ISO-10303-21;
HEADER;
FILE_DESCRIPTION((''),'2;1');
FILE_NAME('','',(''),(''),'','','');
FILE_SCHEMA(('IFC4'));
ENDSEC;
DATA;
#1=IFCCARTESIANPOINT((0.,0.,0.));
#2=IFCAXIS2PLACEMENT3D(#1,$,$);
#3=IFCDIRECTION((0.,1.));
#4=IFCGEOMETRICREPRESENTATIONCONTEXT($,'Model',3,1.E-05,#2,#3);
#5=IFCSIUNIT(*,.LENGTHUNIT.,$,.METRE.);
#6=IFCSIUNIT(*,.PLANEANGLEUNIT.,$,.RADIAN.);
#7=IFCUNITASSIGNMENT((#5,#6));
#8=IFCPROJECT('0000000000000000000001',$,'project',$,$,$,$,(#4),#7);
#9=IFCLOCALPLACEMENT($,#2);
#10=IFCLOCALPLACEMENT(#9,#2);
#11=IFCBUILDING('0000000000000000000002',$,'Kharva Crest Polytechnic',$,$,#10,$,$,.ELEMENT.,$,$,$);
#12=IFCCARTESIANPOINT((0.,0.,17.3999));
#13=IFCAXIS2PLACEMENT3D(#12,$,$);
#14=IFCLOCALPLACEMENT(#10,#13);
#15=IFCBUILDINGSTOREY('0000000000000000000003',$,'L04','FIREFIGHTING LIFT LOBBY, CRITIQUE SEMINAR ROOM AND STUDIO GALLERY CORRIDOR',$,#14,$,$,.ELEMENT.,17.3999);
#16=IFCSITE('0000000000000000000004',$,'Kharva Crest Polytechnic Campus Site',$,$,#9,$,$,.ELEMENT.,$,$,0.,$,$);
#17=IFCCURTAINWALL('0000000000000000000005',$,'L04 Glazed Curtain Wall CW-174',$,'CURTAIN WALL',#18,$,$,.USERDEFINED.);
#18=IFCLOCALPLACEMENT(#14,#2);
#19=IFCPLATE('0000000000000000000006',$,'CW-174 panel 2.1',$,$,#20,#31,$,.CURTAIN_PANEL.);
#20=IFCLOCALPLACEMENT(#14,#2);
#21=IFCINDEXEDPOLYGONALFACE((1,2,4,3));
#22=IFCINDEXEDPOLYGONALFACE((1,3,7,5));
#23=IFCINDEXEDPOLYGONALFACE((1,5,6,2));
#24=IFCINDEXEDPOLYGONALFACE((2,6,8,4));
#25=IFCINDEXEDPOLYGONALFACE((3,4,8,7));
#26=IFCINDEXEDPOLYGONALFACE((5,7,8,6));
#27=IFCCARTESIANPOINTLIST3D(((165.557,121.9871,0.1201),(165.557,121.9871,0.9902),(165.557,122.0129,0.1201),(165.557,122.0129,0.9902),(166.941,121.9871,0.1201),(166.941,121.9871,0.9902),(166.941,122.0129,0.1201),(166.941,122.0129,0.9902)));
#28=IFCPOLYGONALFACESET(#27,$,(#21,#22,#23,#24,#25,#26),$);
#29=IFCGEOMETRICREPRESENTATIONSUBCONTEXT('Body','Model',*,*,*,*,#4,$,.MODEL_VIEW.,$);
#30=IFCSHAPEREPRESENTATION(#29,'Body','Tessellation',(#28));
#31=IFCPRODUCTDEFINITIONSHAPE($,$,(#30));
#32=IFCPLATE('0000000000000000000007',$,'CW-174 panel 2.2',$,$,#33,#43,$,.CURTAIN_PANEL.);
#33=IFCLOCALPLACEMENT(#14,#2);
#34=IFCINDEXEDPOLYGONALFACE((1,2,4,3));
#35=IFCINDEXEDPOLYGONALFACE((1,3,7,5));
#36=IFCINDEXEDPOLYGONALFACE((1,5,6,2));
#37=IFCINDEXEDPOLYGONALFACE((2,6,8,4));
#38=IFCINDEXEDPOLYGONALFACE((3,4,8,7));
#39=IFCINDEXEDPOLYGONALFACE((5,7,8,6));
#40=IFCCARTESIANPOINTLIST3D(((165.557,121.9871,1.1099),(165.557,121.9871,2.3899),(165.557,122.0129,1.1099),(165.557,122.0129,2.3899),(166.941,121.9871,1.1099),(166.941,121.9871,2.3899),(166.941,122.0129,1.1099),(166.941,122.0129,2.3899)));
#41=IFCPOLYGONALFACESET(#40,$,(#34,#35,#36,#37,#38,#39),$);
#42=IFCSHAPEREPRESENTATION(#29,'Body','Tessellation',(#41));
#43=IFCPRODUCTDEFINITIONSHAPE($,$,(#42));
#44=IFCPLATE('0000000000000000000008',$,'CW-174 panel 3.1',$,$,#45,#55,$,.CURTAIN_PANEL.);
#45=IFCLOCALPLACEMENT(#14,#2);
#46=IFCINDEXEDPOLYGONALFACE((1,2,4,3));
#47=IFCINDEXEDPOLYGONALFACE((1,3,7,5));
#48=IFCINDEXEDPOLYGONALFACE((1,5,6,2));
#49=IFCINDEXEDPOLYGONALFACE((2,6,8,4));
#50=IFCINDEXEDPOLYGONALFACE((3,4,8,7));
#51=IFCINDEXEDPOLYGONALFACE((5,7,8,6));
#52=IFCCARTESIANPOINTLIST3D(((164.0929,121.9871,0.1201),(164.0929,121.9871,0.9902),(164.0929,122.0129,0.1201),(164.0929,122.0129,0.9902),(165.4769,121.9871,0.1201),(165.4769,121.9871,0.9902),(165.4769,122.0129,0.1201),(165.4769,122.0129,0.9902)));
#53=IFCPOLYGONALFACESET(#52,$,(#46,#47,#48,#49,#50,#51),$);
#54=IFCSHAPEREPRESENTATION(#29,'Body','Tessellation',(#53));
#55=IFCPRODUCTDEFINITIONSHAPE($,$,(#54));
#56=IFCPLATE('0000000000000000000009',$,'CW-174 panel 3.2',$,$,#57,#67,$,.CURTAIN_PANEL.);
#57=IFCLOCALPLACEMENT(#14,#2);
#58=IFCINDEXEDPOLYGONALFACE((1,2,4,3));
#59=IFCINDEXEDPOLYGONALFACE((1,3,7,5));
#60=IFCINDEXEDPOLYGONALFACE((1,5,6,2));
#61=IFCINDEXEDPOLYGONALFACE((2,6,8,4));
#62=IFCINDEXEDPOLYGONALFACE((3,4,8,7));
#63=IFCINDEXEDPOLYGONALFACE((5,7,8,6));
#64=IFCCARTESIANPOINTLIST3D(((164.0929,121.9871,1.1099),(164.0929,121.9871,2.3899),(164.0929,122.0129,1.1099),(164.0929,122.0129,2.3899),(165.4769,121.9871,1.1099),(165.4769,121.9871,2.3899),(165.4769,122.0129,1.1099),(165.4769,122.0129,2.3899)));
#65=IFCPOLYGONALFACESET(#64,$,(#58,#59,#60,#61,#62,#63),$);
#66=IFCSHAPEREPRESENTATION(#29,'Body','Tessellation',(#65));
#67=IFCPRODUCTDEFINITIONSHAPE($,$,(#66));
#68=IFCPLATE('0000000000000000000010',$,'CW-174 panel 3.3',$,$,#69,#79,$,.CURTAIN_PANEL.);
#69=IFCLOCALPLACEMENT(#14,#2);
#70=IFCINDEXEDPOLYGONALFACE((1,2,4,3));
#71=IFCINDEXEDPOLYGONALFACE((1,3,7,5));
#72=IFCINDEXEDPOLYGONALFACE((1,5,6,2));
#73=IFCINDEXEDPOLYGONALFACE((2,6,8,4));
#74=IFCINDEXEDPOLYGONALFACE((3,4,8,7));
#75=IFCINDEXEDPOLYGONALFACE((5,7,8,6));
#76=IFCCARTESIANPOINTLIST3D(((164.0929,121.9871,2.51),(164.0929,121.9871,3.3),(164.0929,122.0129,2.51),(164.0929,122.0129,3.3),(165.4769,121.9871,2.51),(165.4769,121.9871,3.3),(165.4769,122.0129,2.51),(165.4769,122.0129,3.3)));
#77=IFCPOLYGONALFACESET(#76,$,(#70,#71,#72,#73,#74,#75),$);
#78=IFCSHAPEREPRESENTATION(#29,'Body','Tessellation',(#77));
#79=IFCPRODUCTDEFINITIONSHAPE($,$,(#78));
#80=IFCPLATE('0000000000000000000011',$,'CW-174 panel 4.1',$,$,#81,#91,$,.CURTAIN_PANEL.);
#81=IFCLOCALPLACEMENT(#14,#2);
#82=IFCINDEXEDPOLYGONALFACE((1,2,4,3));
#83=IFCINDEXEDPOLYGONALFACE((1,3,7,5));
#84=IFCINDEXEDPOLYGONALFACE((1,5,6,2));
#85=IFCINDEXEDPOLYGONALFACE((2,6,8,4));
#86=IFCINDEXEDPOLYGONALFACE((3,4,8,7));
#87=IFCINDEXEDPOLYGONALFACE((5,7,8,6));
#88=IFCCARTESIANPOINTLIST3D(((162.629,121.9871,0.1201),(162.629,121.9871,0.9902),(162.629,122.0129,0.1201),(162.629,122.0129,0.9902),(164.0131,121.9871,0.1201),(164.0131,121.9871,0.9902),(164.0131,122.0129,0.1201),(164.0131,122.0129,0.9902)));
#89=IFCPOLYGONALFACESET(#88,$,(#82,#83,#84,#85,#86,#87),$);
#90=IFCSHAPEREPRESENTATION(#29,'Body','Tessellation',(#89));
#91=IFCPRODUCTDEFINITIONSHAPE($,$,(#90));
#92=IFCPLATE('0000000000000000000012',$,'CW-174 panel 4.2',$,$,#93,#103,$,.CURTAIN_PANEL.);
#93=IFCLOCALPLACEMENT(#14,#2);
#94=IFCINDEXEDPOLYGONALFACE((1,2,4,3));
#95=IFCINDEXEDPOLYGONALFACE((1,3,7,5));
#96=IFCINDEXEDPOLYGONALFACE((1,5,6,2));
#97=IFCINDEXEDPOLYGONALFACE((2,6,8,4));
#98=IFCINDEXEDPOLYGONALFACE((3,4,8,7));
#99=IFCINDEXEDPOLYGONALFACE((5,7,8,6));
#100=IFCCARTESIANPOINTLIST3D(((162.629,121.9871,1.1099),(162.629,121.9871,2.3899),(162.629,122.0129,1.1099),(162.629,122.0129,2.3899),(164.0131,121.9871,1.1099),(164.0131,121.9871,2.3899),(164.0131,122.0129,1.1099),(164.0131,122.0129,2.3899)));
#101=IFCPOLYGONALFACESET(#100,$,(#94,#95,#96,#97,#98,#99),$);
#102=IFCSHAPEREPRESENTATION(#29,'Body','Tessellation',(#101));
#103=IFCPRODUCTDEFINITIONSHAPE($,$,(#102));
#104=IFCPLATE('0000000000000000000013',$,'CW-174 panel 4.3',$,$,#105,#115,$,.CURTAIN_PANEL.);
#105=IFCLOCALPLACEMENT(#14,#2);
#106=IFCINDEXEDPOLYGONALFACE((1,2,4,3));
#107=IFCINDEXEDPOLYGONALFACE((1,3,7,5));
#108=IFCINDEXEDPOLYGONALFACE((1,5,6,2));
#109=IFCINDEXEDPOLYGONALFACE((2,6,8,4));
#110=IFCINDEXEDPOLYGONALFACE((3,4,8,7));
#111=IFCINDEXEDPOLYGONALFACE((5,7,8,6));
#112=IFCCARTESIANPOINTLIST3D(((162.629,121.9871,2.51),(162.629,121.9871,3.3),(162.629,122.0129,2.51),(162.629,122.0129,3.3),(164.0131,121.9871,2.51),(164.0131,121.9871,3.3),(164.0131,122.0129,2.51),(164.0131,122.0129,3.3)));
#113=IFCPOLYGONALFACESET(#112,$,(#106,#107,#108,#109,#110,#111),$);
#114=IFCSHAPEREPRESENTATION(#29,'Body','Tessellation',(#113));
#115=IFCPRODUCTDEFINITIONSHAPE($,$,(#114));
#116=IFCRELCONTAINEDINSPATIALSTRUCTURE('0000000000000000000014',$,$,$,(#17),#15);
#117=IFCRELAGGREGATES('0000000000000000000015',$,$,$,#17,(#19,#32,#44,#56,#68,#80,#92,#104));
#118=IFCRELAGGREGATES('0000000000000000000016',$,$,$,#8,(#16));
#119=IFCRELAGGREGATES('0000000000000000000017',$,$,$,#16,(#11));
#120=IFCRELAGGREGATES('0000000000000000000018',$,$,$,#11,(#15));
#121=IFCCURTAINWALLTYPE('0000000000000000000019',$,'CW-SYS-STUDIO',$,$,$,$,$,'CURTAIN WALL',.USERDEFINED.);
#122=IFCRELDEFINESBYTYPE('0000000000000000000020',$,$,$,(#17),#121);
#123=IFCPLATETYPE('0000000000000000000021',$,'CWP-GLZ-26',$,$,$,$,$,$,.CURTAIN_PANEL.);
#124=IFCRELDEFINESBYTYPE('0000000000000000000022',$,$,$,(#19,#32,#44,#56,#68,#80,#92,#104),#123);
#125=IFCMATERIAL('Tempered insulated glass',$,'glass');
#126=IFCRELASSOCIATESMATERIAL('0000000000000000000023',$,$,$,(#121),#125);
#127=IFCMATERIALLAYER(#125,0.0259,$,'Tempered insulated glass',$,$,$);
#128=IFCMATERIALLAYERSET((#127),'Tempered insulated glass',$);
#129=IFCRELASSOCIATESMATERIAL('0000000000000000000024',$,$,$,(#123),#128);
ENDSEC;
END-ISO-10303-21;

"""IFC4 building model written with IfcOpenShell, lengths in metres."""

from ifc_helpers import new_model, si_unit, direction, frame, origin, origin_2d, place, context, subcontext, project, spatial, rectangle, extrude, material, layer, layer_set, type_object, element, aggregate, save


model = new_model("IFC4")

# Units and contexts
model_context = context("Model", 3, precision=1e-05, world=origin(), true_north=direction((0.0, 1.0)))
body_context = subcontext(model_context, "Body", "Model", "MODEL_VIEW")
ifc_project = project(units=[si_unit("LENGTHUNIT", "METRE"), si_unit("PLANEANGLEUNIT", "RADIAN")], contexts=[model_context])

# Site, building, storey
site_placement = place(None, origin())
site = spatial("IfcSite", under=ifc_project, at=site_placement, Name="Kharva Crest Polytechnic Campus Site", CompositionType="ELEMENT", RefElevation=0.0)
building_placement = place(site_placement, origin())
building = spatial("IfcBuilding", under=site, at=building_placement, Name="Kharva Crest Polytechnic", CompositionType="ELEMENT")
storey_placement = place(building_placement, frame((0.0, 0.0, 17.3999)))
storey = spatial("IfcBuildingStorey", under=building, at=storey_placement, Name="L04", Description="FIREFIGHTING LIFT LOBBY, CRITIQUE SEMINAR ROOM AND STUDIO GALLERY CORRIDOR", CompositionType="ELEMENT", Elevation=17.3999)

# Curtain wall, plates
ifc_material_1 = material(Name="Tempered insulated glass", Category="glass")
curtain_wall_type = type_object("IfcCurtainWallType", Name="CW-SYS-STUDIO", ElementType="CURTAIN WALL", PredefinedType="USERDEFINED", material=ifc_material_1)
curtain_wall_placement = place(storey_placement, origin())
curtain_wall = element("IfcCurtainWall", 1, at=curtain_wall_placement, inside=storey, type_object=curtain_wall_type, Name="L04 Glazed Curtain Wall CW-174", ObjectType="CURTAIN WALL", PredefinedType="USERDEFINED")
ifc_layer = layer(ifc_material_1, 0.0259, Name="Tempered insulated glass")
ifc_layer_set = layer_set([ifc_layer], Name="Tempered insulated glass")
plate_type = type_object("IfcPlateType", Name="CWP-GLZ-26", PredefinedType="CURTAIN_PANEL", material=ifc_layer_set)
plate_1_placement = place(storey_placement, frame((166.249, 122.0, 0.1201), z_axis=(0.0, 0.0, 1.0), x_axis=(-1.0, 0.0, 0.0)))
plate_1 = element("IfcPlate", 2, at=plate_1_placement, type_object=plate_type, Name="CW-174 panel 2.1", PredefinedType="CURTAIN_PANEL", context=body_context, shape_type="SweptSolid", body=[
    extrude(rectangle(XDim=1.384, YDim=0.0259, at=origin_2d()), origin(), (0.0, 0.0, 1.0), 0.8701),
])
plate_2_placement = place(storey_placement, frame((166.249, 122.0, 1.1099), z_axis=(0.0, 0.0, 1.0), x_axis=(-1.0, 0.0, 0.0)))
plate_2 = element("IfcPlate", 3, at=plate_2_placement, type_object=plate_type, Name="CW-174 panel 2.2", PredefinedType="CURTAIN_PANEL", context=body_context, shape_type="SweptSolid", body=[
    extrude(rectangle(XDim=1.384, YDim=0.0259, at=origin_2d()), origin(), (0.0, 0.0, 1.0), 1.28),
])
plate_3_placement = place(storey_placement, frame((164.7849, 122.0, 0.1201), z_axis=(0.0, 0.0, 1.0), x_axis=(-1.0, 0.0, 0.0)))
plate_3 = element("IfcPlate", 4, at=plate_3_placement, type_object=plate_type, Name="CW-174 panel 3.1", PredefinedType="CURTAIN_PANEL", context=body_context, shape_type="SweptSolid", body=[
    extrude(rectangle(XDim=1.384, YDim=0.0259, at=origin_2d()), origin(), (0.0, 0.0, 1.0), 0.8701),
])
plate_4_placement = place(storey_placement, frame((164.7849, 122.0, 1.1099), z_axis=(0.0, 0.0, 1.0), x_axis=(-1.0, 0.0, 0.0)))
plate_4 = element("IfcPlate", 5, at=plate_4_placement, type_object=plate_type, Name="CW-174 panel 3.2", PredefinedType="CURTAIN_PANEL", context=body_context, shape_type="SweptSolid", body=[
    extrude(rectangle(XDim=1.384, YDim=0.0259, at=origin_2d()), origin(), (0.0, 0.0, 1.0), 1.28),
])
plate_5_placement = place(storey_placement, frame((164.7849, 122.0, 2.51), z_axis=(0.0, 0.0, 1.0), x_axis=(-1.0, 0.0, 0.0)))
plate_5 = element("IfcPlate", 6, at=plate_5_placement, type_object=plate_type, Name="CW-174 panel 3.3", PredefinedType="CURTAIN_PANEL", context=body_context, shape_type="SweptSolid", body=[
    extrude(rectangle(XDim=1.384, YDim=0.0259, at=origin_2d()), origin(), (0.0, 0.0, 1.0), 0.79),
])
plate_6_placement = place(storey_placement, frame((163.321, 122.0, 0.1201), z_axis=(0.0, 0.0, 1.0), x_axis=(-1.0, 0.0, 0.0)))
plate_6 = element("IfcPlate", 7, at=plate_6_placement, type_object=plate_type, Name="CW-174 panel 4.1", PredefinedType="CURTAIN_PANEL", context=body_context, shape_type="SweptSolid", body=[
    extrude(rectangle(XDim=1.384, YDim=0.0259, at=origin_2d()), origin(), (0.0, 0.0, 1.0), 0.8701),
])
plate_7_placement = place(storey_placement, frame((163.321, 122.0, 1.1099), z_axis=(0.0, 0.0, 1.0), x_axis=(-1.0, 0.0, 0.0)))
plate_7 = element("IfcPlate", 8, at=plate_7_placement, type_object=plate_type, Name="CW-174 panel 4.2", PredefinedType="CURTAIN_PANEL", context=body_context, shape_type="SweptSolid", body=[
    extrude(rectangle(XDim=1.384, YDim=0.0259, at=origin_2d()), origin(), (0.0, 0.0, 1.0), 1.28),
])
plate_8_placement = place(storey_placement, frame((163.321, 122.0, 2.51), z_axis=(0.0, 0.0, 1.0), x_axis=(-1.0, 0.0, 0.0)))
plate_8 = element("IfcPlate", 9, at=plate_8_placement, type_object=plate_type, Name="CW-174 panel 4.3", PredefinedType="CURTAIN_PANEL", context=body_context, shape_type="SweptSolid", body=[
    extrude(rectangle(XDim=1.384, YDim=0.0259, at=origin_2d()), origin(), (0.0, 0.0, 1.0), 0.79),
])
aggregate(curtain_wall, [plate_1, plate_2, plate_3, plate_4, plate_5, plate_6, plate_7, plate_8])

save(model, "model.ifc")
